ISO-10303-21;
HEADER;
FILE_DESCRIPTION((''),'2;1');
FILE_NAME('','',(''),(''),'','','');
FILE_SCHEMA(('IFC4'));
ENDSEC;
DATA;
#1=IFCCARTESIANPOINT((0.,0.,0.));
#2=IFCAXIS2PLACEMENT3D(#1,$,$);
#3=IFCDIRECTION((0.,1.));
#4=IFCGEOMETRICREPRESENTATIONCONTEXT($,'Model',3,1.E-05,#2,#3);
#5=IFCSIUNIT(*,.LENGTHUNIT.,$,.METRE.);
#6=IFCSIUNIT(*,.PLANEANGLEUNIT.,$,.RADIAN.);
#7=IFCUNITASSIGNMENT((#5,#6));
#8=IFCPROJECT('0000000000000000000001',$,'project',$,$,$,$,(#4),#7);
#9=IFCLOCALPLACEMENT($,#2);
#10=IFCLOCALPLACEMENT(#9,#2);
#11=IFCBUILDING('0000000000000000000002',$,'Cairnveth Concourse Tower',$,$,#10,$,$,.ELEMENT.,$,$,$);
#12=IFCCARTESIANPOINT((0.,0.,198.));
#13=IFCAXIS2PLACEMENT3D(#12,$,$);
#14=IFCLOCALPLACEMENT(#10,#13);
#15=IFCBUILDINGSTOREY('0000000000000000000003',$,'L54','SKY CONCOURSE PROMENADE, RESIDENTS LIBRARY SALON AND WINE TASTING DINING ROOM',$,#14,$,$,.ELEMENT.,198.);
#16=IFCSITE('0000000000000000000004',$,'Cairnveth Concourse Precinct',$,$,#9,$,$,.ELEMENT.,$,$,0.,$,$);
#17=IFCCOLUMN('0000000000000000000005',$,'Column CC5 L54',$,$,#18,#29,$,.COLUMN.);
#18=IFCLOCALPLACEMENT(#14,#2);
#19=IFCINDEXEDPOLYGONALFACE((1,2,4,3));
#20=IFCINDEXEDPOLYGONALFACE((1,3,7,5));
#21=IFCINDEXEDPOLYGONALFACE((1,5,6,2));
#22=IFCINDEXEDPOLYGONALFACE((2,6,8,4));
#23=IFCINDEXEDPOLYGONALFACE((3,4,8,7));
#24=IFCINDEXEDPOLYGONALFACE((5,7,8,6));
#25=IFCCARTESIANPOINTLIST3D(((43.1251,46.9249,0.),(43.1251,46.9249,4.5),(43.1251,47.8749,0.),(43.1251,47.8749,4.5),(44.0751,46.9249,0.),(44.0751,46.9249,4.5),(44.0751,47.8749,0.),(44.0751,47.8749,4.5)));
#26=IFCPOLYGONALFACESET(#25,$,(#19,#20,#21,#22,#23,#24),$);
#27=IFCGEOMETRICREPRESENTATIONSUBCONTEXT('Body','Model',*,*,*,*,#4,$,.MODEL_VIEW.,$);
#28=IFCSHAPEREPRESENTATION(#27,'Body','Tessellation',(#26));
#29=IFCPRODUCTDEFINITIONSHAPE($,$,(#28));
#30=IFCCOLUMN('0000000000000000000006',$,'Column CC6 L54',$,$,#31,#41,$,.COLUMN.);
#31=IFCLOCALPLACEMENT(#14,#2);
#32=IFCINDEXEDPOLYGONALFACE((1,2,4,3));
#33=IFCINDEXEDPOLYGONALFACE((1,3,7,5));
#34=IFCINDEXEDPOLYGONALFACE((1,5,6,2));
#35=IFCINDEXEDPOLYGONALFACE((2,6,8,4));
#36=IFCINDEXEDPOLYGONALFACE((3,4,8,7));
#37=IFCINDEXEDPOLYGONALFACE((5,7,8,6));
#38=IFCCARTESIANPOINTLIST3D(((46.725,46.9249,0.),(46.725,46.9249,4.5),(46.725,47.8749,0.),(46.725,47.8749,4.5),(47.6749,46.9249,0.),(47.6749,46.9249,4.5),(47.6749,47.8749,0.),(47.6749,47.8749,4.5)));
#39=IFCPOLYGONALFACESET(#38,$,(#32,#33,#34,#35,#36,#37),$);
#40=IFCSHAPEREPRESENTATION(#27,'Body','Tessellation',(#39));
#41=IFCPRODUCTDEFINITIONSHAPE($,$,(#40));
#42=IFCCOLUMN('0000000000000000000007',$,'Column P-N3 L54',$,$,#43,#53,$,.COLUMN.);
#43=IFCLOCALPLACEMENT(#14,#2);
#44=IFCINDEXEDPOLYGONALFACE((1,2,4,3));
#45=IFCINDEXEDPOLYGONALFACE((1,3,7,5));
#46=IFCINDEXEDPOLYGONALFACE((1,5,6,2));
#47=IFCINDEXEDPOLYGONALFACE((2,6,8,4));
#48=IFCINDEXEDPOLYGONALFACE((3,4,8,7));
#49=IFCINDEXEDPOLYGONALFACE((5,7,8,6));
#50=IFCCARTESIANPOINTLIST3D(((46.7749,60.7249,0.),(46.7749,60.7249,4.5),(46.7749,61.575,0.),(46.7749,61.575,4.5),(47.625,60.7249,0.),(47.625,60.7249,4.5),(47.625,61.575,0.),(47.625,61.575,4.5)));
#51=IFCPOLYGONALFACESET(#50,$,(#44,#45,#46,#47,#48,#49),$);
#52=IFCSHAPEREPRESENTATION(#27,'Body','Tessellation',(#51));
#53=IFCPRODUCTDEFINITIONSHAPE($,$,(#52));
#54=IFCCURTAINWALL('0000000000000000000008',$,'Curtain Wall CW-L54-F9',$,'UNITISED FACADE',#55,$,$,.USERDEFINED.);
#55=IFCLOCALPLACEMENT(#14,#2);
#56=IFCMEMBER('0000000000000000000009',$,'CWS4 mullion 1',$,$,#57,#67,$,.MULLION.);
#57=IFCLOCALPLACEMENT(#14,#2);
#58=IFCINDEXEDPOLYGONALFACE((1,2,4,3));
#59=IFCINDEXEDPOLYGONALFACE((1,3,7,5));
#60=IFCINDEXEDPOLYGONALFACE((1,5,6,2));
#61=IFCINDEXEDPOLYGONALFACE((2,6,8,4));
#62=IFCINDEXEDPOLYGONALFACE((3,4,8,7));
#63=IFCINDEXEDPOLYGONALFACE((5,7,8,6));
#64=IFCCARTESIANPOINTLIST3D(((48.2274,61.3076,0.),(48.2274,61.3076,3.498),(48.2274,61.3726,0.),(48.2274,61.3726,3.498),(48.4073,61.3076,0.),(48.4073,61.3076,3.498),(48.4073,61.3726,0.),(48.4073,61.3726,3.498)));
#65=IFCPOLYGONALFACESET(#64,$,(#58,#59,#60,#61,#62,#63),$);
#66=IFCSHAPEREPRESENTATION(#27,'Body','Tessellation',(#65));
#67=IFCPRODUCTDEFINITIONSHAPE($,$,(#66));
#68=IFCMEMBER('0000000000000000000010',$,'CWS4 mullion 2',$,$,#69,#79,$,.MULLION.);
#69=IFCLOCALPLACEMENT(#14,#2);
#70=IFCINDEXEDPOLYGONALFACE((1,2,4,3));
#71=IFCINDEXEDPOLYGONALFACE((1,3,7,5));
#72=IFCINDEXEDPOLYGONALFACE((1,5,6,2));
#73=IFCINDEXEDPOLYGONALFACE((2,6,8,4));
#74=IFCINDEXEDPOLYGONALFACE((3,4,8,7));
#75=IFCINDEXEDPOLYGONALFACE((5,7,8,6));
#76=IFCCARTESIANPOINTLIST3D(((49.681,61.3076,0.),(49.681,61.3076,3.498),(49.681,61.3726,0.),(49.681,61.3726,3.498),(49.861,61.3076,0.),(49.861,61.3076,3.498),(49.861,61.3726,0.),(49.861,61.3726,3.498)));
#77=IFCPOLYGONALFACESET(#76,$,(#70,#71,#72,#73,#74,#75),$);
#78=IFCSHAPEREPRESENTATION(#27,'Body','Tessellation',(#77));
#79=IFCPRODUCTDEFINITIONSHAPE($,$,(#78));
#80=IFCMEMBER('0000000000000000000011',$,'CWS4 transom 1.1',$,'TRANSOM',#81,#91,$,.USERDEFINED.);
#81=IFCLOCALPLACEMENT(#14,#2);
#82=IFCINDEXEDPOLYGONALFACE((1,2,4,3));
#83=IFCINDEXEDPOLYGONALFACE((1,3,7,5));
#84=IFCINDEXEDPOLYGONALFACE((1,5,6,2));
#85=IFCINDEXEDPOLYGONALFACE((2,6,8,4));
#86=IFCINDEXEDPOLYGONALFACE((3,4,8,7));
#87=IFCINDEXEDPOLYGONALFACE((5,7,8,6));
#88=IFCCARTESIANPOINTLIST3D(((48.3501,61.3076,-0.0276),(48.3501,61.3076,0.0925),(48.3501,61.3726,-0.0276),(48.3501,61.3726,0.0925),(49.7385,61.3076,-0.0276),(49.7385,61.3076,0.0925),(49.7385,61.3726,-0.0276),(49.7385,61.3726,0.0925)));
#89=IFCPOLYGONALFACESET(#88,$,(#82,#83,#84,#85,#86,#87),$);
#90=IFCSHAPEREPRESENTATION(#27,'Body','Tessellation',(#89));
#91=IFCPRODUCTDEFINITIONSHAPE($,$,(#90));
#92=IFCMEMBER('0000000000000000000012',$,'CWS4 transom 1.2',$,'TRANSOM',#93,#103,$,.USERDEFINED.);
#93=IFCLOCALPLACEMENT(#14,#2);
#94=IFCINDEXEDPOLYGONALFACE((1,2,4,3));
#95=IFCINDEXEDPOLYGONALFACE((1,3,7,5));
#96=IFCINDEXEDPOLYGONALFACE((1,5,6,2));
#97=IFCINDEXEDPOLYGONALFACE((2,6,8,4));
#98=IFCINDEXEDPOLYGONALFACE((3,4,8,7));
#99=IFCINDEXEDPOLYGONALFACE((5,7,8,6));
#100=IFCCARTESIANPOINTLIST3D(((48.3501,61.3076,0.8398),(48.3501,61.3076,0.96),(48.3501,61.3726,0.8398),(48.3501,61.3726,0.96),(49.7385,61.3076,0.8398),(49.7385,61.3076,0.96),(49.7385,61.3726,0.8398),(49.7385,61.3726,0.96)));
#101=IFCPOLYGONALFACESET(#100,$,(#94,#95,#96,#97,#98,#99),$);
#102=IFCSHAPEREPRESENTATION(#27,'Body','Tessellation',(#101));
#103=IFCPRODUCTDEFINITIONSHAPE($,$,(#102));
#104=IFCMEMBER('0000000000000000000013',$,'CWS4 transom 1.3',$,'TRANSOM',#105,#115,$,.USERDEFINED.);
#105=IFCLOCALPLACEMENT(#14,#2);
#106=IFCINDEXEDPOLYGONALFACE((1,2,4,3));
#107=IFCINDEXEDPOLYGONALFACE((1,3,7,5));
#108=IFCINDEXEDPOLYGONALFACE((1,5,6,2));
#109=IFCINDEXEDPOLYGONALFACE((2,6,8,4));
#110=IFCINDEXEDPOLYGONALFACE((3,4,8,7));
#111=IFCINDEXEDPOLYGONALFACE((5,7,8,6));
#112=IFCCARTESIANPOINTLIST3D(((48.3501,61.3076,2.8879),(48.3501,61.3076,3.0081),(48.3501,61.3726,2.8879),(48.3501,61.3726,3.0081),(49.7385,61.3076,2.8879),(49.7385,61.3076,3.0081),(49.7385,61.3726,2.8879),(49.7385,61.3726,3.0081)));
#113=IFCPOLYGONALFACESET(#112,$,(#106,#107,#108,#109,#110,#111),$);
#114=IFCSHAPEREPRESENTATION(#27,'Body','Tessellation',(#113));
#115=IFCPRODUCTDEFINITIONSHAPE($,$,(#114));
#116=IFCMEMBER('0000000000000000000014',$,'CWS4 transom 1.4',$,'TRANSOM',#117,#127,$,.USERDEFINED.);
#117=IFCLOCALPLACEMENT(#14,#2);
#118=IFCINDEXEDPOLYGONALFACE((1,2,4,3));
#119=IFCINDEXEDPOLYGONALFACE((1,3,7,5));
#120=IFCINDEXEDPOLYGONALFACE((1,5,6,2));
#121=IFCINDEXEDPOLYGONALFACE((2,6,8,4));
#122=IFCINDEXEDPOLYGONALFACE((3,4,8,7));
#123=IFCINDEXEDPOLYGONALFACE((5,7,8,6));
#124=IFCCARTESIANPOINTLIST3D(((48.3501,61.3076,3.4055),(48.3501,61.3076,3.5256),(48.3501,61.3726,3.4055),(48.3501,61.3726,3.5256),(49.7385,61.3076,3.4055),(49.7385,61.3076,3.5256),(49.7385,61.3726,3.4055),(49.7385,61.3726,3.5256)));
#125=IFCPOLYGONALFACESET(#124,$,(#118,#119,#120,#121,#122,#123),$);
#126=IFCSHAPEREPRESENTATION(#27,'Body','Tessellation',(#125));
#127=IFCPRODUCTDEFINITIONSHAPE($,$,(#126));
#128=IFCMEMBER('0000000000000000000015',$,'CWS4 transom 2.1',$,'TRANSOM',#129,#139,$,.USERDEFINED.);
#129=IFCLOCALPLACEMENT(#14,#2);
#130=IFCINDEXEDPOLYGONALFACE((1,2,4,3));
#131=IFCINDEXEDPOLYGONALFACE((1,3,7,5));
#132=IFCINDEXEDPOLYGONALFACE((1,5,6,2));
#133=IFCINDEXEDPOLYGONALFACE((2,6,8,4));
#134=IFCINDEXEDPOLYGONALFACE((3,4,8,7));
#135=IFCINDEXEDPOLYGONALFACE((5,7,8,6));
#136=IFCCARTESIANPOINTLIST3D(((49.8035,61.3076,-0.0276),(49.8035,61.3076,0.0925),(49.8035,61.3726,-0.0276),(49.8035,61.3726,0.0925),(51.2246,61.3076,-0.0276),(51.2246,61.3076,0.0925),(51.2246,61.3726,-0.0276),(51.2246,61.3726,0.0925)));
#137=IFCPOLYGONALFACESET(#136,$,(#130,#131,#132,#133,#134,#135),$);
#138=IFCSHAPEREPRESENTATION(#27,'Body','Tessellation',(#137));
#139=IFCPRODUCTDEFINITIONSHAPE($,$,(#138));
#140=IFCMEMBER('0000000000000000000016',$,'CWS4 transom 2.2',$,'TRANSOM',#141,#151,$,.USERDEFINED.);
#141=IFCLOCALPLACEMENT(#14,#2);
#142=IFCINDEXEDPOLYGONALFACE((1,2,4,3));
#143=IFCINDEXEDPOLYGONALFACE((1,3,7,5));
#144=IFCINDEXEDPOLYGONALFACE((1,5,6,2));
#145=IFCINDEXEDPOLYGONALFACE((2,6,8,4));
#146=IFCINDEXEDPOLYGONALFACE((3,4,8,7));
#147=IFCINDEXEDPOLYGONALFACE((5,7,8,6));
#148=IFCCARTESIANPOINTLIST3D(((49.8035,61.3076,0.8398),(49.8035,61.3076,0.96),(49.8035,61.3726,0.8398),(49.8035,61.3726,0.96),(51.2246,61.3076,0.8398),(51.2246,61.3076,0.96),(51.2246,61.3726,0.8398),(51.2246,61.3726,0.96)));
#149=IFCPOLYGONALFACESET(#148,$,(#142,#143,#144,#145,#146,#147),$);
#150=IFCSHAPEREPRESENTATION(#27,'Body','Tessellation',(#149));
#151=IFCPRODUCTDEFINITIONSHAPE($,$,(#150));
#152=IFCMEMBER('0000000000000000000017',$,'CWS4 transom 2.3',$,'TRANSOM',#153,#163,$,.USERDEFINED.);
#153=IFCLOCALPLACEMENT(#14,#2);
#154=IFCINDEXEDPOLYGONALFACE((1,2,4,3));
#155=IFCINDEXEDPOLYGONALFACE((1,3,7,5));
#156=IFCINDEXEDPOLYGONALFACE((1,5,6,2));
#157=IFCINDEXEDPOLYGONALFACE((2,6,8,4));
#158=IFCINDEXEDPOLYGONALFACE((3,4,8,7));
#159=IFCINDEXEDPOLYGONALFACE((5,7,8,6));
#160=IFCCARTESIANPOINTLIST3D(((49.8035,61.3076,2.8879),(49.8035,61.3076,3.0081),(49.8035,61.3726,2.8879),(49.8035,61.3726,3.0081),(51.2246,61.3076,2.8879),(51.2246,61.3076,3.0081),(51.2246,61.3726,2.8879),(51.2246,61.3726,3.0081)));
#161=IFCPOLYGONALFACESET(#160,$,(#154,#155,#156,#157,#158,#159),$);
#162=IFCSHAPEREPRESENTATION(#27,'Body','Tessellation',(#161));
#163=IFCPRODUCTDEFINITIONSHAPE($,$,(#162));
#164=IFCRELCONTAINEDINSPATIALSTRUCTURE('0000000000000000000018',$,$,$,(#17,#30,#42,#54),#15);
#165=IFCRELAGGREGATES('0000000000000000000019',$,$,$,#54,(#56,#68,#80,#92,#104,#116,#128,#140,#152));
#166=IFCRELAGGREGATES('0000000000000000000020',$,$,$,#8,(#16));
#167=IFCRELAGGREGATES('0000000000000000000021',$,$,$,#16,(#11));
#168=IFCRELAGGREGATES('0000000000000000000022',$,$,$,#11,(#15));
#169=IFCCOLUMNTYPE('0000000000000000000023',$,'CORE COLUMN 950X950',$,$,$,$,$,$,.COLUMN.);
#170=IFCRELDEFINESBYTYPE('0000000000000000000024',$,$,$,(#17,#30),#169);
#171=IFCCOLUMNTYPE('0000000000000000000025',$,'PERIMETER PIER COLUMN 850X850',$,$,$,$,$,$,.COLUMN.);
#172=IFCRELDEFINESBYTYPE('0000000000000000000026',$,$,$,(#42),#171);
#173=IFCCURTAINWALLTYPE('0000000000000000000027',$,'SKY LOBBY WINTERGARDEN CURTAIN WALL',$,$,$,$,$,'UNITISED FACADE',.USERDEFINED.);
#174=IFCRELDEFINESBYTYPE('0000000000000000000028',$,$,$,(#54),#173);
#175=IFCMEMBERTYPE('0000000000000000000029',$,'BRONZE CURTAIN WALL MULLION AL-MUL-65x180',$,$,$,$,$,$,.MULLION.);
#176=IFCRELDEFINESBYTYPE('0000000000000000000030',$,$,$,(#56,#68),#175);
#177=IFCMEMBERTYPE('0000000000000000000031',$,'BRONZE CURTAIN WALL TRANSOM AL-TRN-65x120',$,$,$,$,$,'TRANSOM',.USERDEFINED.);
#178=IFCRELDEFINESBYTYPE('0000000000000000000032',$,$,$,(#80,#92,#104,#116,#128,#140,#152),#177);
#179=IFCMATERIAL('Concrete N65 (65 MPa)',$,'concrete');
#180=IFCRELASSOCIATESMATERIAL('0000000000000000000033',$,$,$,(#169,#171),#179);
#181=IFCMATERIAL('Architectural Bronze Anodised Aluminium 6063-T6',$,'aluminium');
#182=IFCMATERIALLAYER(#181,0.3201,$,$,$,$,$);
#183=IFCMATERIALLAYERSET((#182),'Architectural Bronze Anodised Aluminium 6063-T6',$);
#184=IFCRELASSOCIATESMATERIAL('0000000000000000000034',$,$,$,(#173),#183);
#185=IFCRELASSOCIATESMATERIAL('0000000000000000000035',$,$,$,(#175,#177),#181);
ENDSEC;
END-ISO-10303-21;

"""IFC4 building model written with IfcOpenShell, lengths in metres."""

from ifc_helpers import new_model, si_unit, direction, frame, origin, origin_2d, place, context, subcontext, project, spatial, rectangle, extrude, material, layer, layer_set, material_profile, profile_set, type_object, element, aggregate, save


model = new_model("IFC4")

# Units and contexts
model_context = context("Model", 3, precision=1e-05, world=origin(), true_north=direction((0.0, 1.0)))
body_context = subcontext(model_context, "Body", "Model", "MODEL_VIEW")
ifc_project = project(units=[si_unit("LENGTHUNIT", "METRE"), si_unit("PLANEANGLEUNIT", "RADIAN")], contexts=[model_context])

# Site, building, storey
site_placement = place(None, origin())
site = spatial("IfcSite", under=ifc_project, at=site_placement, Name="Cairnveth Concourse Precinct", CompositionType="ELEMENT", RefElevation=0.0)
building_placement = place(site_placement, origin())
building = spatial("IfcBuilding", under=site, at=building_placement, Name="Cairnveth Concourse Tower", CompositionType="ELEMENT")
storey_placement = place(building_placement, frame((0.0, 0.0, 198.0)))
storey = spatial("IfcBuildingStorey", under=building, at=storey_placement, Name="L54", Description="SKY CONCOURSE PROMENADE, RESIDENTS LIBRARY SALON AND WINE TASTING DINING ROOM", CompositionType="ELEMENT", Elevation=198.0)

# Columns
ifc_material_1 = material(Name="Concrete N65 (65 MPa)", Category="concrete")
ifc_material_profile_1 = material_profile(ifc_material_1, rectangle(XDim=0.95, YDim=0.95, at=origin_2d()), Name="RC-COL-950x950")
ifc_profile_set_1 = profile_set([ifc_material_profile_1], Name="Concrete N65 (65 MPa)")
column_type_1 = type_object("IfcColumnType", Name="CORE COLUMN 950X950", PredefinedType="COLUMN", material=ifc_profile_set_1)
for number, where, z_axis, x_axis, name in (
    (1, (43.6001, 47.3999, 0.0), (0.0, 0.0, 1.0), (1.0, 0.0, 0.0), "Column CC5 L54"),
    (2, (47.2, 47.3999, 0.0), (0.0, 0.0, 1.0), (1.0, 0.0, 0.0), "Column CC6 L54"),
):
    element("IfcColumn", number, at=place(storey_placement, frame(where, z_axis=z_axis, x_axis=x_axis)), inside=storey, type_object=column_type_1, Name=name, PredefinedType="COLUMN", context=body_context, shape_type="SweptSolid", body=[
        extrude(rectangle(XDim=0.95, YDim=0.95, at=origin_2d()), origin(), (0.0, 0.0, 1.0), 4.5),
    ])
ifc_material_profile_2 = material_profile(ifc_material_1, rectangle(XDim=0.8501, YDim=0.8501, at=origin_2d()), Name="RC-COL-850x850")
ifc_profile_set_2 = profile_set([ifc_material_profile_2], Name="Concrete N65 (65 MPa)")
column_type_2 = type_object("IfcColumnType", Name="PERIMETER PIER COLUMN 850X850", PredefinedType="COLUMN", material=ifc_profile_set_2)
column_placement = place(storey_placement, frame((47.2, 61.1499, 0.0), z_axis=(0.0, 0.0, 1.0), x_axis=(1.0, 0.0, 0.0)))
element("IfcColumn", 3, at=column_placement, inside=storey, type_object=column_type_2, Name="Column P-N3 L54", PredefinedType="COLUMN", context=body_context, shape_type="SweptSolid", body=[
    extrude(rectangle(XDim=0.8501, YDim=0.8501, at=origin_2d()), origin(), (0.0, 0.0, 1.0), 4.5),
])

# Curtain wall, members
ifc_material_2 = material(Name="Architectural Bronze Anodised Aluminium 6063-T6", Category="aluminium")
ifc_layer_1 = layer(ifc_material_2, 0.3201)
ifc_layer_set_1 = layer_set([ifc_layer_1], Name="Architectural Bronze Anodised Aluminium 6063-T6")
curtain_wall_type = type_object("IfcCurtainWallType", Name="SKY LOBBY WINTERGARDEN CURTAIN WALL", ElementType="UNITISED FACADE", PredefinedType="USERDEFINED", material=ifc_layer_set_1)
curtain_wall_placement = place(storey_placement, origin())
curtain_wall = element("IfcCurtainWall", 4, at=curtain_wall_placement, inside=storey, type_object=curtain_wall_type, Name="Curtain Wall CW-L54-F9", ObjectType="UNITISED FACADE", PredefinedType="USERDEFINED")
ifc_material_profile_3 = material_profile(ifc_material_2, rectangle(XDim=0.0649, YDim=0.1799, at=origin_2d()), Name="AL-MUL-65x180")
ifc_profile_set_3 = profile_set([ifc_material_profile_3], Name="Architectural Bronze Anodised Aluminium 6063-T6")
member_type_1 = type_object("IfcMemberType", Name="BRONZE CURTAIN WALL MULLION AL-MUL-65x180", PredefinedType="MULLION", material=ifc_profile_set_3)
member_1_placement = place(storey_placement, frame((48.3174, 61.3401, 0.0), z_axis=(0.0, 0.0, 1.0), x_axis=(0.0, 1.0, 0.0)))
member_1 = element("IfcMember", 5, at=member_1_placement, type_object=member_type_1, Name="CWS4 mullion 1", PredefinedType="MULLION", context=body_context, shape_type="SweptSolid", body=[
    extrude(rectangle(XDim=0.0649, YDim=0.1799, at=origin_2d()), origin(), (0.0, 0.0, 1.0), 3.498),
])
member_2_placement = place(storey_placement, frame((49.771, 61.3401, 0.0), z_axis=(0.0, 0.0, 1.0), x_axis=(0.0, 1.0, 0.0)))
member_2 = element("IfcMember", 6, at=member_2_placement, type_object=member_type_1, Name="CWS4 mullion 2", PredefinedType="MULLION", context=body_context, shape_type="SweptSolid", body=[
    extrude(rectangle(XDim=0.0649, YDim=0.1799, at=origin_2d()), origin(), (0.0, 0.0, 1.0), 3.498),
])
ifc_material_profile_4 = material_profile(ifc_material_2, rectangle(XDim=0.0649, YDim=0.1201, at=origin_2d()), Name="AL-TRN-65x120")
ifc_profile_set_4 = profile_set([ifc_material_profile_4], Name="Architectural Bronze Anodised Aluminium 6063-T6")
member_type_2 = type_object("IfcMemberType", Name="BRONZE CURTAIN WALL TRANSOM AL-TRN-65x120", ElementType="TRANSOM", PredefinedType="USERDEFINED", material=ifc_profile_set_4)
member_3_placement = place(storey_placement, frame((48.3501, 61.3401, 0.0325), z_axis=(1.0, 0.0, 0.0), x_axis=(0.0, 1.0, 0.0)))
member_3 = element("IfcMember", 7, at=member_3_placement, type_object=member_type_2, Name="CWS4 transom 1.1", ObjectType="TRANSOM", PredefinedType="USERDEFINED", context=body_context, shape_type="SweptSolid", body=[
    extrude(rectangle(XDim=0.0649, YDim=0.1201, at=origin_2d()), origin(), (0.0, 0.0, 1.0), 1.3884),
])
member_4_placement = place(storey_placement, frame((48.3501, 61.3401, 0.8999), z_axis=(1.0, 0.0, 0.0), x_axis=(0.0, 1.0, 0.0)))
member_4 = element("IfcMember", 8, at=member_4_placement, type_object=member_type_2, Name="CWS4 transom 1.2", ObjectType="TRANSOM", PredefinedType="USERDEFINED", context=body_context, shape_type="SweptSolid", body=[
    extrude(rectangle(XDim=0.0649, YDim=0.1201, at=origin_2d()), origin(), (0.0, 0.0, 1.0), 1.3884),
])
member_5_placement = place(storey_placement, frame((48.3501, 61.3401, 2.948), z_axis=(1.0, 0.0, 0.0), x_axis=(0.0, 1.0, 0.0)))
member_5 = element("IfcMember", 9, at=member_5_placement, type_object=member_type_2, Name="CWS4 transom 1.3", ObjectType="TRANSOM", PredefinedType="USERDEFINED", context=body_context, shape_type="SweptSolid", body=[
    extrude(rectangle(XDim=0.0649, YDim=0.1201, at=origin_2d()), origin(), (0.0, 0.0, 1.0), 1.3884),
])
member_6_placement = place(storey_placement, frame((48.3501, 61.3401, 3.4656), z_axis=(1.0, 0.0, 0.0), x_axis=(0.0, 1.0, 0.0)))
member_6 = element("IfcMember", 10, at=member_6_placement, type_object=member_type_2, Name="CWS4 transom 1.4", ObjectType="TRANSOM", PredefinedType="USERDEFINED", context=body_context, shape_type="SweptSolid", body=[
    extrude(rectangle(XDim=0.0649, YDim=0.1201, at=origin_2d()), origin(), (0.0, 0.0, 1.0), 1.3884),
])
member_7_placement = place(storey_placement, frame((49.8035, 61.3401, 0.0325), z_axis=(1.0, 0.0, 0.0), x_axis=(0.0, 1.0, 0.0)))
member_7 = element("IfcMember", 11, at=member_7_placement, type_object=member_type_2, Name="CWS4 transom 2.1", ObjectType="TRANSOM", PredefinedType="USERDEFINED", context=body_context, shape_type="SweptSolid", body=[
    extrude(rectangle(XDim=0.0649, YDim=0.1201, at=origin_2d()), origin(), (0.0, 0.0, 1.0), 1.4211),
])
member_8_placement = place(storey_placement, frame((49.8035, 61.3401, 0.8999), z_axis=(1.0, 0.0, 0.0), x_axis=(0.0, 1.0, 0.0)))
member_8 = element("IfcMember", 12, at=member_8_placement, type_object=member_type_2, Name="CWS4 transom 2.2", ObjectType="TRANSOM", PredefinedType="USERDEFINED", context=body_context, shape_type="SweptSolid", body=[
    extrude(rectangle(XDim=0.0649, YDim=0.1201, at=origin_2d()), origin(), (0.0, 0.0, 1.0), 1.4211),
])
member_9_placement = place(storey_placement, frame((49.8035, 61.3401, 2.948), z_axis=(1.0, 0.0, 0.0), x_axis=(0.0, 1.0, 0.0)))
member_9 = element("IfcMember", 13, at=member_9_placement, type_object=member_type_2, Name="CWS4 transom 2.3", ObjectType="TRANSOM", PredefinedType="USERDEFINED", context=body_context, shape_type="SweptSolid", body=[
    extrude(rectangle(XDim=0.0649, YDim=0.1201, at=origin_2d()), origin(), (0.0, 0.0, 1.0), 1.4211),
])

aggregate(curtain_wall, [member_1, member_2, member_3, member_4, member_5, member_6, member_7, member_8, member_9])

save(model, "model.ifc")
